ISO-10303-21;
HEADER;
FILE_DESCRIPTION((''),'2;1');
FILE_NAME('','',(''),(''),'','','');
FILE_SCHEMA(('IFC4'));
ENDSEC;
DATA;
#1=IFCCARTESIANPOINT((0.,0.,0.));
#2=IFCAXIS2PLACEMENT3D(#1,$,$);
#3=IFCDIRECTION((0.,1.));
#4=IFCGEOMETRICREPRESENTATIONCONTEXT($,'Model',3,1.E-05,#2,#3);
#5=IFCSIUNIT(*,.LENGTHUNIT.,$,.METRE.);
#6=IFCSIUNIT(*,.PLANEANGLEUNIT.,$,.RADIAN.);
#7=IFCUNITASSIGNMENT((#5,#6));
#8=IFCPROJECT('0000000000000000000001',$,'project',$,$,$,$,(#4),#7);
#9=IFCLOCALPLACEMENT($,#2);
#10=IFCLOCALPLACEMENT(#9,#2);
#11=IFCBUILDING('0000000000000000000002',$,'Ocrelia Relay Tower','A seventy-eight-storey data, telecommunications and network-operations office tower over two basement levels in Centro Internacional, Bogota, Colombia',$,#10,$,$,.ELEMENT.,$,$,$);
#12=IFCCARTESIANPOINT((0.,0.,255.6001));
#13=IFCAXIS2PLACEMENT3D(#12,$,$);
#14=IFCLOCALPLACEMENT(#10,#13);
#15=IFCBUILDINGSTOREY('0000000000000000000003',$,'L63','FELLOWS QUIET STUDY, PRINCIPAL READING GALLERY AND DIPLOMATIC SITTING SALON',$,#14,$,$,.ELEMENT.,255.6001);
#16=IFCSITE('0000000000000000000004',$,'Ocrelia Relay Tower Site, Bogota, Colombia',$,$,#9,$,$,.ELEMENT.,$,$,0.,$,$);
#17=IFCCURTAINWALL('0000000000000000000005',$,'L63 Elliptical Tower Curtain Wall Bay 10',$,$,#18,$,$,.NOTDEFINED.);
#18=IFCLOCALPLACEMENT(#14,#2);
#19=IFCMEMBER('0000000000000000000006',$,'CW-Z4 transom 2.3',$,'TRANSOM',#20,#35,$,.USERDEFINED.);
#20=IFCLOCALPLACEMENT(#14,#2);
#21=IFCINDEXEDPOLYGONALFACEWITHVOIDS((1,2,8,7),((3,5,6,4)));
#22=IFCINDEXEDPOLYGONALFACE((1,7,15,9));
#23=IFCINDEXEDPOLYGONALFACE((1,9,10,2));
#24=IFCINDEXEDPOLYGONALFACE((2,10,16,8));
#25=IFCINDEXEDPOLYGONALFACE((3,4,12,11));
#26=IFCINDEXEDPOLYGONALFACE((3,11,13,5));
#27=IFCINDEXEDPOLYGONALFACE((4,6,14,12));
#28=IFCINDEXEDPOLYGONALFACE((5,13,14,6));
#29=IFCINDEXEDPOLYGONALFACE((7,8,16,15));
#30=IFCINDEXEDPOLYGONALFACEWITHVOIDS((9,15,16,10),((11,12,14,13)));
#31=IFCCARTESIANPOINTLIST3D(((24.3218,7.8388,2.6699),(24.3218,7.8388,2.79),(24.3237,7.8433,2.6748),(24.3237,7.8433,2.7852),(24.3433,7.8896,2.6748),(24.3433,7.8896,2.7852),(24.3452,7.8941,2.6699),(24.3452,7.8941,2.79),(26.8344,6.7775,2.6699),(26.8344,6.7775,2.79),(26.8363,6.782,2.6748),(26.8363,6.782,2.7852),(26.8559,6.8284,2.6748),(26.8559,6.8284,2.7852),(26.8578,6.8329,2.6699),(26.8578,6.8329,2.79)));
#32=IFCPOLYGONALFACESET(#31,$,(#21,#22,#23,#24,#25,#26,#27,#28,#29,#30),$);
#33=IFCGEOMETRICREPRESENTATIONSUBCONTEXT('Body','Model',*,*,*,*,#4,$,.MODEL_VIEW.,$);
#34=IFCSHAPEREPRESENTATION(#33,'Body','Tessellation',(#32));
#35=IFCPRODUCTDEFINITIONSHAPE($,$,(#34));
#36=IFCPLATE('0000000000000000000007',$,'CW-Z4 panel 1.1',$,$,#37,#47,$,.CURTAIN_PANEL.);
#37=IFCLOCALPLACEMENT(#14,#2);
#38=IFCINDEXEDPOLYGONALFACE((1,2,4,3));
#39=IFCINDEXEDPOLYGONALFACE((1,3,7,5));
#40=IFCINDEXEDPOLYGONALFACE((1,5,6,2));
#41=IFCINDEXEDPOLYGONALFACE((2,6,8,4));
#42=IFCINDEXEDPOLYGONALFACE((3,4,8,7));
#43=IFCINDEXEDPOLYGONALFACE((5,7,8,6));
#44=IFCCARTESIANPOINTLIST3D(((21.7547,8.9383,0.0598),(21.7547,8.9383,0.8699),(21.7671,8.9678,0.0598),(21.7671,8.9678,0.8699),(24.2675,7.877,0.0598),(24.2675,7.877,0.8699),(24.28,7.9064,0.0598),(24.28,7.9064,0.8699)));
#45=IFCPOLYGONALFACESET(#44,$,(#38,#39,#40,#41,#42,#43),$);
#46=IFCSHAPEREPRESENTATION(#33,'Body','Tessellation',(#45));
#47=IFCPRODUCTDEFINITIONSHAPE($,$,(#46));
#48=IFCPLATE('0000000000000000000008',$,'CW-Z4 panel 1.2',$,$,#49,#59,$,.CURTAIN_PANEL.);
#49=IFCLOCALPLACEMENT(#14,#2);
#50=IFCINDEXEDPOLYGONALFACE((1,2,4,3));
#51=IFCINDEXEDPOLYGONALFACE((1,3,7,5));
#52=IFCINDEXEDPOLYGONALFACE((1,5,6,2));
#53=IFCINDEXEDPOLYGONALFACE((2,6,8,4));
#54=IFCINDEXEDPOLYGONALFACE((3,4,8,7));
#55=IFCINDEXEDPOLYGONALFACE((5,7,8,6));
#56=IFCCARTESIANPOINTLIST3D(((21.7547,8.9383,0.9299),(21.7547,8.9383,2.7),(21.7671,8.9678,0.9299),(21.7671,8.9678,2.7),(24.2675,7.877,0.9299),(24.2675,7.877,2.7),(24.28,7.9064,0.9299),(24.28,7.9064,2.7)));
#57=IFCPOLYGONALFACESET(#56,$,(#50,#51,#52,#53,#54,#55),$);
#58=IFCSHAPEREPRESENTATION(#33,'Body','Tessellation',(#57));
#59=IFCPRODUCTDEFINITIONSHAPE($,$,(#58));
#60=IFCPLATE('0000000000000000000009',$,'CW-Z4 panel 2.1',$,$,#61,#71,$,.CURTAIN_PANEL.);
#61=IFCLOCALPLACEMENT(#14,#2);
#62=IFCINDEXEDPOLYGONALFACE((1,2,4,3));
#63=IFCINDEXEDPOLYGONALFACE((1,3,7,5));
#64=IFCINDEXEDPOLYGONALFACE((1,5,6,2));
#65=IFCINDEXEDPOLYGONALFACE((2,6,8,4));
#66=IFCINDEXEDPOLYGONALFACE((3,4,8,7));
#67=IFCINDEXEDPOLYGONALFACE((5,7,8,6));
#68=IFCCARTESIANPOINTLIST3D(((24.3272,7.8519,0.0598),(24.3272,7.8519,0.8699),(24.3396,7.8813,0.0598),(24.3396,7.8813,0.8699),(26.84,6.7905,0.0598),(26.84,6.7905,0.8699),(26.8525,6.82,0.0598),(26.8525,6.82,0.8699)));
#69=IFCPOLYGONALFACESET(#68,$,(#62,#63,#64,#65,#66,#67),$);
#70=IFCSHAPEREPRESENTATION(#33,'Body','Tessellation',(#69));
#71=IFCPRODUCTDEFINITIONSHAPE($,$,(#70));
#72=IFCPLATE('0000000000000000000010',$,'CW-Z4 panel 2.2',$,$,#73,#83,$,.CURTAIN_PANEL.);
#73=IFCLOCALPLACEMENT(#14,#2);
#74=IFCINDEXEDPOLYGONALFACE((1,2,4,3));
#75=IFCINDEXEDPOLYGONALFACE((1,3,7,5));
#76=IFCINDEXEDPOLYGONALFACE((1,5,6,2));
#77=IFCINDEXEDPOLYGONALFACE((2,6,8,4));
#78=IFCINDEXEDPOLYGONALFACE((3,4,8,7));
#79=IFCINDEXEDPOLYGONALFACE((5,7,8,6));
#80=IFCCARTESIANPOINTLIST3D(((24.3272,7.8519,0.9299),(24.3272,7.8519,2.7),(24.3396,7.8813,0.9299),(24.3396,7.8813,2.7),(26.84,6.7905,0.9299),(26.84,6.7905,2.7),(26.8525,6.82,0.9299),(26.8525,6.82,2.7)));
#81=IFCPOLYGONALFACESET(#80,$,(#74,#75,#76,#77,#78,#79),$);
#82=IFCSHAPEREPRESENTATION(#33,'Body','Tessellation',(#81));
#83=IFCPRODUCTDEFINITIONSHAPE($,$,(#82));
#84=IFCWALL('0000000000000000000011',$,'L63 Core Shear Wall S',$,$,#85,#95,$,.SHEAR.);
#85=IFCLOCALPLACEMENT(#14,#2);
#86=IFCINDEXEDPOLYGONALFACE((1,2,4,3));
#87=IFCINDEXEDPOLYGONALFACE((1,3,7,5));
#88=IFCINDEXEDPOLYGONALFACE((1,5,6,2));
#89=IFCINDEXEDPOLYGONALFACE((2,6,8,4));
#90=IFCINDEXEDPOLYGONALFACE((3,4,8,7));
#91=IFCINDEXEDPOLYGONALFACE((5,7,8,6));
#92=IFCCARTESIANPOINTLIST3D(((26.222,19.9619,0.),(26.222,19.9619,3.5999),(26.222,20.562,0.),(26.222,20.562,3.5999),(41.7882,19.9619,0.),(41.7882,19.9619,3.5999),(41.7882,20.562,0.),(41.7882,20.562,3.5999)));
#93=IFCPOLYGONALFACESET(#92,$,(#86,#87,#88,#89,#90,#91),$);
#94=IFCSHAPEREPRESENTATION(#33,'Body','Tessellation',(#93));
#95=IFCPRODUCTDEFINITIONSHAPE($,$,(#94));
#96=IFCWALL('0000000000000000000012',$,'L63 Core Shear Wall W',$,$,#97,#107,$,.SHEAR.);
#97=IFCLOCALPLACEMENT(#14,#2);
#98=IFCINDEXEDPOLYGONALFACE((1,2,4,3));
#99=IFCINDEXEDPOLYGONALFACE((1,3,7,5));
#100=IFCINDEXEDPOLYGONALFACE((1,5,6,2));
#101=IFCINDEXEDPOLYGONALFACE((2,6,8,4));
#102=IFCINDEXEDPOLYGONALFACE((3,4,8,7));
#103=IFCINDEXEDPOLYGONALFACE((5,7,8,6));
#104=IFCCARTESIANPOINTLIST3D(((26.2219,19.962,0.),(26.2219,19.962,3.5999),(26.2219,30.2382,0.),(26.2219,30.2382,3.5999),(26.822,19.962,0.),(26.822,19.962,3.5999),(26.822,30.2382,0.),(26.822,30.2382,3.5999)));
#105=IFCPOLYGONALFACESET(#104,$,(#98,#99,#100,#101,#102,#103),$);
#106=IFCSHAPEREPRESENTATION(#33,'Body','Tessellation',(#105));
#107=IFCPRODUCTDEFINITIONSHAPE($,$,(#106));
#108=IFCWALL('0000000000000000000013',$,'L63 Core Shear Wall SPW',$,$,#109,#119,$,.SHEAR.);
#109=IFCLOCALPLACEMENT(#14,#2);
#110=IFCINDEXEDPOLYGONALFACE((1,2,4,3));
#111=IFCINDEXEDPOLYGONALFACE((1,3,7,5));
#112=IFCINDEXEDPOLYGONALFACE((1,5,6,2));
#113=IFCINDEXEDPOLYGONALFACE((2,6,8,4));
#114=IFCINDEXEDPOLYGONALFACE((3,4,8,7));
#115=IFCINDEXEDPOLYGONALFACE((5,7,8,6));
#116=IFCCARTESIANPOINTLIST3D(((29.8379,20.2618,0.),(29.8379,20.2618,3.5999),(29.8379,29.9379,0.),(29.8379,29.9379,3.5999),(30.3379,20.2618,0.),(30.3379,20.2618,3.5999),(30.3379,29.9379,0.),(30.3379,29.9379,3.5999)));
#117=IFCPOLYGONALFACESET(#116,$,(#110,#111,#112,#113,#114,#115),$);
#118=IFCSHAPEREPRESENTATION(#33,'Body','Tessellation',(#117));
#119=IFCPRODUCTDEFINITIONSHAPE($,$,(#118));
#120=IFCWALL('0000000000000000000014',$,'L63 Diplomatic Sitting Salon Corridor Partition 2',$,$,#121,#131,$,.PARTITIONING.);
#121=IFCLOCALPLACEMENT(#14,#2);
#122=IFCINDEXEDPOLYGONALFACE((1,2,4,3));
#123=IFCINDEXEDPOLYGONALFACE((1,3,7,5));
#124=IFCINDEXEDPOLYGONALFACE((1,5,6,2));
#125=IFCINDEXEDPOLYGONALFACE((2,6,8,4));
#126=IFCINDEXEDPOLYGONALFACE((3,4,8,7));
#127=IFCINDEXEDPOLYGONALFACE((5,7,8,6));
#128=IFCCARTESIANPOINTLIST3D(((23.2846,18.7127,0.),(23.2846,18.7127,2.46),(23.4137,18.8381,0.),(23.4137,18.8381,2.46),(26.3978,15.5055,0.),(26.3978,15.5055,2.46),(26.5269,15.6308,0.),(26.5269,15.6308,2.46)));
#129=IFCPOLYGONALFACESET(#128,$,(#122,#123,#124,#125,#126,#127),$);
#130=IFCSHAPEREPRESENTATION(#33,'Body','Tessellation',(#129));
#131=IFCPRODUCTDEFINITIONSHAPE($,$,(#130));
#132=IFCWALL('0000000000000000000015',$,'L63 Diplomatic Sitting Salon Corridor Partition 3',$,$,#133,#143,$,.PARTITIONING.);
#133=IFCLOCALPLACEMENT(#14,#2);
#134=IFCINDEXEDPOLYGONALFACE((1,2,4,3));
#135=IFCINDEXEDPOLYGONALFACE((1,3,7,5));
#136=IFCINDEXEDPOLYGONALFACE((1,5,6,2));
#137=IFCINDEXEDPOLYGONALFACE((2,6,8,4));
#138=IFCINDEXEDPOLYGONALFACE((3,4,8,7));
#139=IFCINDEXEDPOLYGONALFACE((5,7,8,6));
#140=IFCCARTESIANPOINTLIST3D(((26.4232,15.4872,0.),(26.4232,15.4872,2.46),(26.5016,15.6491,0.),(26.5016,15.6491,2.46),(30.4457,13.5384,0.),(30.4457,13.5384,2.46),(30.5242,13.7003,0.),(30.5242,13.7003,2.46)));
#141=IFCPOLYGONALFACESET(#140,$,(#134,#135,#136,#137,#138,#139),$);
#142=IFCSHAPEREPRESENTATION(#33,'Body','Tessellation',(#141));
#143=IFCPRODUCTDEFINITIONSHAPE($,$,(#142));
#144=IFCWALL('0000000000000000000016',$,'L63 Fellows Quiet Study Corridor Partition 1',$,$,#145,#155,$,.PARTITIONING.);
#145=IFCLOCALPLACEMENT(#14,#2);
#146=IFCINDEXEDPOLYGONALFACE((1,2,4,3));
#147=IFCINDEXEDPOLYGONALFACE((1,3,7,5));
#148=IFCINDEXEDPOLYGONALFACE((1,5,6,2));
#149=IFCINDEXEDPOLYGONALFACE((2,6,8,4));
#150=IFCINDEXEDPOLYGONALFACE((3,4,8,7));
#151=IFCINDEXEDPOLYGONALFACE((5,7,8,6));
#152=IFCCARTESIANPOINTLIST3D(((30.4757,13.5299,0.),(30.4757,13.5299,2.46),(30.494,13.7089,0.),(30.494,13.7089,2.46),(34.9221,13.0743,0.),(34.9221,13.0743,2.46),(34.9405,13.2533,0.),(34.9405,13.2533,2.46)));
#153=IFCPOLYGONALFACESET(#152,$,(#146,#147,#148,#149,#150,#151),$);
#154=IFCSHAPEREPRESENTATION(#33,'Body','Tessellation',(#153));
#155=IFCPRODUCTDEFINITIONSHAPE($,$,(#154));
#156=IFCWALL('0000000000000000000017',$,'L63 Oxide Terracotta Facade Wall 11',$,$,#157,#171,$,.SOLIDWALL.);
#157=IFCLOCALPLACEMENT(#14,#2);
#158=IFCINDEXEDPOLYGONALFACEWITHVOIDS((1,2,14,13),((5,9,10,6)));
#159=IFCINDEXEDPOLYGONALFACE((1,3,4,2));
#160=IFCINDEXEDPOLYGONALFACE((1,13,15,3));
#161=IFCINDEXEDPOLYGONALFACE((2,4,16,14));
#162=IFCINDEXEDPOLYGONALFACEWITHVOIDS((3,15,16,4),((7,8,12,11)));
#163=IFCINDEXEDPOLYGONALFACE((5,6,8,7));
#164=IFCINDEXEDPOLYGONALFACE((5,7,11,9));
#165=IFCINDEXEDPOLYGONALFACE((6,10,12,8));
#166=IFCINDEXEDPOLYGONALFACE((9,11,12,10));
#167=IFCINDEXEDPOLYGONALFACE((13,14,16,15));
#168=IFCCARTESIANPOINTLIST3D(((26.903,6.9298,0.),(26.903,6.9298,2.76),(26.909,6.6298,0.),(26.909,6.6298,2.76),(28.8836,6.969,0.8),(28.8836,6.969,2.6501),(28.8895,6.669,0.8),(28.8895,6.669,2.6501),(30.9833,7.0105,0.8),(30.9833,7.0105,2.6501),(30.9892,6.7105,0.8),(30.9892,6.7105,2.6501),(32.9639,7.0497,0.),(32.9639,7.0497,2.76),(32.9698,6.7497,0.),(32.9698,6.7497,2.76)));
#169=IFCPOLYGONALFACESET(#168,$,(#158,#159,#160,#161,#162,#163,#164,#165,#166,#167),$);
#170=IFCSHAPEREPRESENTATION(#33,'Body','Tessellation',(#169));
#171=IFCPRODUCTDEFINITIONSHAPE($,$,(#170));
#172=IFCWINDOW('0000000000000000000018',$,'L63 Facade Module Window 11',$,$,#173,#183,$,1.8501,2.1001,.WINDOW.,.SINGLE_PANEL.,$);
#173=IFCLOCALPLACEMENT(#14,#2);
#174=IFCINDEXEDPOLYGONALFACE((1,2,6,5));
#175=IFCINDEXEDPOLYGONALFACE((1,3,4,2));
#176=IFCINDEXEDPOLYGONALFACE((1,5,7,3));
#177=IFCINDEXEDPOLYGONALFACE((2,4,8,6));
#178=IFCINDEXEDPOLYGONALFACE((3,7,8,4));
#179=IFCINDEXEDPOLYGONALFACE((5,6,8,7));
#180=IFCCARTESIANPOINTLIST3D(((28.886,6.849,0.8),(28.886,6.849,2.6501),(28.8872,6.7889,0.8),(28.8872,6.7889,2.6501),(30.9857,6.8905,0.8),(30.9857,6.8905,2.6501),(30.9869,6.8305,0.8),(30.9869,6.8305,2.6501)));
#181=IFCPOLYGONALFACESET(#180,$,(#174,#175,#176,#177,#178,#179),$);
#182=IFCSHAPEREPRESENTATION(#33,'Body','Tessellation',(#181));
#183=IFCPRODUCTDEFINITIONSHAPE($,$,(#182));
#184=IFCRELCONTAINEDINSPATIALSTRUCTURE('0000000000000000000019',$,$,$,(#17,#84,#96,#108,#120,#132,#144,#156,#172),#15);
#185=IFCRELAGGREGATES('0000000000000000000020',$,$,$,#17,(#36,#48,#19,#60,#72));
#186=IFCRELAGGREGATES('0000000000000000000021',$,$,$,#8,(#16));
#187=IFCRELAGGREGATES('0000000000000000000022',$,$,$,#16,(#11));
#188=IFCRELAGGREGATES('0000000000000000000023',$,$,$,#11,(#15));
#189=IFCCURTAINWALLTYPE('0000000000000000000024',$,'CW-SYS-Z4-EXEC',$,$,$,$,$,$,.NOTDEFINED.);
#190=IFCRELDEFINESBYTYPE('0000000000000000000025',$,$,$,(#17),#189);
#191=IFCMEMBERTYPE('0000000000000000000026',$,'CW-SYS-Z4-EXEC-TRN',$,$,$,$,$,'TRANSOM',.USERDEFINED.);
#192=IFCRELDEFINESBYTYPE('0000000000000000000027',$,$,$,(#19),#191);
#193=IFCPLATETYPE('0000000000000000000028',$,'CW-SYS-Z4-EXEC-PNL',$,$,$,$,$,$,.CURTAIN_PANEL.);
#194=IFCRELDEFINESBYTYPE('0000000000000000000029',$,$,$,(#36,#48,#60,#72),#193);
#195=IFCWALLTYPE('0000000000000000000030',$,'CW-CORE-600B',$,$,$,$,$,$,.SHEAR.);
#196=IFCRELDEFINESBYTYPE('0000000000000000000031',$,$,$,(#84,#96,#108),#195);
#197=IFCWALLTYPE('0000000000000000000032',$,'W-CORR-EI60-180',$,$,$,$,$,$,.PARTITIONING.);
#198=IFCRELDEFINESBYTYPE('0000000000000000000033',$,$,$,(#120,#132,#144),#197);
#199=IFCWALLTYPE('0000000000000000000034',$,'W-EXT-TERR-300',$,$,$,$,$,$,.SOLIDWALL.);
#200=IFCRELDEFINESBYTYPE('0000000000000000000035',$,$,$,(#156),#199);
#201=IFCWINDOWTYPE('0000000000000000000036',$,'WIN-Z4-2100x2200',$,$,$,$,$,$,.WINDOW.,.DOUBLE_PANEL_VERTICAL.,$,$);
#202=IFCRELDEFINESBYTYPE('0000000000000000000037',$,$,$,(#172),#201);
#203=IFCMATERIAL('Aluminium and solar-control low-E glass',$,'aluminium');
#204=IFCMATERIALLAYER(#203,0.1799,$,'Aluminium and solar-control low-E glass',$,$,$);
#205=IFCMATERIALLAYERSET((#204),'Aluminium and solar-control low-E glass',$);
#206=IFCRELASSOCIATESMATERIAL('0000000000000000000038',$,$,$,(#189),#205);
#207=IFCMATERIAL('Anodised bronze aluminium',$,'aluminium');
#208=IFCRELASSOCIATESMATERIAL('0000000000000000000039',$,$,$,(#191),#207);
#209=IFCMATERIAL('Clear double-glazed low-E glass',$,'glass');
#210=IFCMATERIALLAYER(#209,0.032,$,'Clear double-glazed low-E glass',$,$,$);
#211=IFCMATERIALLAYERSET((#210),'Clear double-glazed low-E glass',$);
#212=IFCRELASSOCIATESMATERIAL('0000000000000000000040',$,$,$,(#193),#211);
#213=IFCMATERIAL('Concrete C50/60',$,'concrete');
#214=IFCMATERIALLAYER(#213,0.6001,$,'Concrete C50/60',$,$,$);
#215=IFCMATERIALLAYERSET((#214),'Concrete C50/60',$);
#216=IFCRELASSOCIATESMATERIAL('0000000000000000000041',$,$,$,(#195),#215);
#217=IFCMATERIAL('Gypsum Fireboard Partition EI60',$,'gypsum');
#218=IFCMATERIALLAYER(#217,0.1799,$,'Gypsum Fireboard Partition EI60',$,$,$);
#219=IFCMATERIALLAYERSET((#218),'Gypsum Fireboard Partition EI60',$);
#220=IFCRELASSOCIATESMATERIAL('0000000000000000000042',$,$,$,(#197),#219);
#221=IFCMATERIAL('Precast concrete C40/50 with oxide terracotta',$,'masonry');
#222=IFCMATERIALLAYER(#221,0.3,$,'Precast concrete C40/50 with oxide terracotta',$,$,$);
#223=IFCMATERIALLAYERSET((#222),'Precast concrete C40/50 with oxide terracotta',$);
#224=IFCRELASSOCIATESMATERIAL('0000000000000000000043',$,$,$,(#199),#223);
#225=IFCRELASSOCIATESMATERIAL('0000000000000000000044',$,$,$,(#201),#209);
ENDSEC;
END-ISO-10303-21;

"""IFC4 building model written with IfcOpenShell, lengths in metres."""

from ifc_helpers import new_model, si_unit, direction, frame, frame_2d, origin, origin_2d, place, context, subcontext, project, spatial, rectangle, hollow_rectangle, extrude, material, layer, layer_set, material_profile, profile_set, type_object, element, fill, aggregate, save


model = new_model("IFC4")

# Units and contexts
model_context = context("Model", 3, precision=1e-05, world=origin(), true_north=direction((0.0, 1.0)))
body_context = subcontext(model_context, "Body", "Model", "MODEL_VIEW")
ifc_project = project(units=[si_unit("LENGTHUNIT", "METRE"), si_unit("PLANEANGLEUNIT", "RADIAN")], contexts=[model_context])

# Site, building, storey
site_placement = place(None, origin())
site = spatial("IfcSite", under=ifc_project, at=site_placement, Name="Ocrelia Relay Tower Site, Bogota, Colombia", CompositionType="ELEMENT", RefElevation=0.0)
building_placement = place(site_placement, origin())
building = spatial("IfcBuilding", under=site, at=building_placement, Name="Ocrelia Relay Tower", Description="A seventy-eight-storey data, telecommunications and network-operations office tower over two basement levels in Centro Internacional, Bogota, Colombia", CompositionType="ELEMENT")
storey_placement = place(building_placement, frame((0.0, 0.0, 255.6001)))
storey = spatial("IfcBuildingStorey", under=building, at=storey_placement, Name="L63", Description="FELLOWS QUIET STUDY, PRINCIPAL READING GALLERY AND DIPLOMATIC SITTING SALON", CompositionType="ELEMENT", Elevation=255.6001)

# Shared definitions
ifc_material_1 = material(Name="Concrete C50/60", Category="concrete")

# Curtain wall, member, plates
ifc_material_2 = material(Name="Aluminium and solar-control low-E glass", Category="aluminium")
ifc_layer_1 = layer(ifc_material_2, 0.1799, Name="Aluminium and solar-control low-E glass")
ifc_layer_set_1 = layer_set([ifc_layer_1], Name="Aluminium and solar-control low-E glass")
curtain_wall_type = type_object("IfcCurtainWallType", Name="CW-SYS-Z4-EXEC", PredefinedType="NOTDEFINED", material=ifc_layer_set_1)
curtain_wall_placement = place(storey_placement, origin())
curtain_wall = element("IfcCurtainWall", 1, at=curtain_wall_placement, inside=storey, type_object=curtain_wall_type, Name="L63 Elliptical Tower Curtain Wall Bay 10", PredefinedType="NOTDEFINED")
ifc_material_3 = material(Name="Anodised bronze aluminium", Category="aluminium")
ifc_material_profile_1 = material_profile(ifc_material_3, hollow_rectangle(XDim=0.0601, YDim=0.1201, WallThickness=0.0049, at=origin_2d()), Name="CW-TRN-120x60")
ifc_profile_set_1 = profile_set([ifc_material_profile_1], Name="Anodised bronze aluminium")
member_type_1 = type_object("IfcMemberType", Name="CW-SYS-Z4-EXEC-TRN", ElementType="TRANSOM", PredefinedType="USERDEFINED", material=ifc_profile_set_1)
member_1_placement = place(storey_placement, frame((24.3335, 7.8665, 2.73), z_axis=(0.921202, -0.389085, 0.0), x_axis=(0.389085, 0.921202, 0.0)))
member_1 = element("IfcMember", 2, at=member_1_placement, type_object=member_type_1, Name="CW-Z4 transom 2.3", ObjectType="TRANSOM", PredefinedType="USERDEFINED", context=body_context, shape_type="SweptSolid", body=[
    extrude(hollow_rectangle(XDim=0.0601, YDim=0.1201, WallThickness=0.0049, at=origin_2d()), origin(), (0.0, 0.0, 1.0), 2.7275),
])
ifc_material_4 = material(Name="Clear double-glazed low-E glass", Category="glass")
ifc_layer_2 = layer(ifc_material_4, 0.032, Name="Clear double-glazed low-E glass")
ifc_layer_set_2 = layer_set([ifc_layer_2], Name="Clear double-glazed low-E glass")
plate_type = type_object("IfcPlateType", Name="CW-SYS-Z4-EXEC-PNL", PredefinedType="CURTAIN_PANEL", material=ifc_layer_set_2)
plate_1_placement = place(storey_placement, frame((23.0173, 8.4224, 0.0598), z_axis=(0.0, 0.0, 1.0), x_axis=(0.921199, -0.389091, 0.0)))
plate_1 = element("IfcPlate", 3, at=plate_1_placement, type_object=plate_type, Name="CW-Z4 panel 1.1", PredefinedType="CURTAIN_PANEL", context=body_context, shape_type="SweptSolid", body=[
    extrude(rectangle(XDim=2.7278, YDim=0.032, at=origin_2d()), origin(), (0.0, 0.0, 1.0), 0.8101),
])
plate_2_placement = place(storey_placement, frame((23.0173, 8.4224, 0.9299), z_axis=(0.0, 0.0, 1.0), x_axis=(0.921199, -0.389091, 0.0)))
plate_2 = element("IfcPlate", 4, at=plate_2_placement, type_object=plate_type, Name="CW-Z4 panel 1.2", PredefinedType="CURTAIN_PANEL", context=body_context, shape_type="SweptSolid", body=[
    extrude(rectangle(XDim=2.7278, YDim=0.032, at=origin_2d()), origin(), (0.0, 0.0, 1.0), 1.77),
])
plate_3_placement = place(storey_placement, frame((25.5898, 7.3359, 0.0598), z_axis=(0.0, 0.0, 1.0), x_axis=(0.921199, -0.389091, 0.0)))
plate_3 = element("IfcPlate", 5, at=plate_3_placement, type_object=plate_type, Name="CW-Z4 panel 2.1", PredefinedType="CURTAIN_PANEL", context=body_context, shape_type="SweptSolid", body=[
    extrude(rectangle(XDim=2.7278, YDim=0.032, at=origin_2d()), origin(), (0.0, 0.0, 1.0), 0.8101),
])
plate_4_placement = place(storey_placement, frame((25.5898, 7.3359, 0.9299), z_axis=(0.0, 0.0, 1.0), x_axis=(0.921199, -0.389091, 0.0)))
plate_4 = element("IfcPlate", 6, at=plate_4_placement, type_object=plate_type, Name="CW-Z4 panel 2.2", PredefinedType="CURTAIN_PANEL", context=body_context, shape_type="SweptSolid", body=[
    extrude(rectangle(XDim=2.7278, YDim=0.032, at=origin_2d()), origin(), (0.0, 0.0, 1.0), 1.77),
])
aggregate(curtain_wall, [plate_1, plate_2, member_1, plate_3, plate_4])

# Walls
ifc_layer_3 = layer(ifc_material_1, 0.6001, Name="Concrete C50/60")
ifc_layer_set_3 = layer_set([ifc_layer_3], Name="Concrete C50/60")
wall_type_1 = type_object("IfcWallType", Name="CW-CORE-600B", PredefinedType="SHEAR", material=ifc_layer_set_3)
wall_1_placement = place(storey_placement, frame((26.2219, 20.262, 0.0), z_axis=(0.0, 0.0, 1.0), x_axis=(1.0, 0.0, 0.0)))
element("IfcWall", 7, at=wall_1_placement, inside=storey, type_object=wall_type_1, Name="L63 Core Shear Wall S", PredefinedType="SHEAR", context=body_context, shape_type="SweptSolid", body=[
    extrude(rectangle(XDim=15.5662, YDim=0.6001, at=frame_2d((7.7832, 0.0))), origin(), (0.0, 0.0, 1.0), 3.5999),
])
wall_2_placement = place(storey_placement, frame((26.522, 19.9619, 0.0), z_axis=(0.0, 0.0, 1.0), x_axis=(0.0, 1.0, 0.0)))
element("IfcWall", 8, at=wall_2_placement, inside=storey, type_object=wall_type_1, Name="L63 Core Shear Wall W", PredefinedType="SHEAR", context=body_context, shape_type="SweptSolid", body=[
    extrude(rectangle(XDim=10.2761, YDim=0.6001, at=frame_2d((5.1382, 0.0))), origin(), (0.0, 0.0, 1.0), 3.5999),
])
wall_3_placement = place(storey_placement, frame((30.0879, 20.262, 0.0), z_axis=(0.0, 0.0, 1.0), x_axis=(0.0, 1.0, 0.0)))
element("IfcWall", 9, at=wall_3_placement, inside=storey, type_object=wall_type_1, Name="L63 Core Shear Wall SPW", PredefinedType="SHEAR", context=body_context, shape_type="SweptSolid", body=[
    extrude(rectangle(XDim=9.676, YDim=0.5, at=frame_2d((4.8379, 0.0))), origin(), (0.0, 0.0, 1.0), 3.5999),
])
ifc_material_5 = material(Name="Gypsum Fireboard Partition EI60", Category="gypsum")
ifc_layer_4 = layer(ifc_material_5, 0.1799, Name="Gypsum Fireboard Partition EI60")
ifc_layer_set_4 = layer_set([ifc_layer_4], Name="Gypsum Fireboard Partition EI60")
wall_type_2 = type_object("IfcWallType", Name="W-CORR-EI60-180", PredefinedType="PARTITIONING", material=ifc_layer_set_4)
for number, where, z_axis, x_axis, name in (
    (10, (23.3491, 18.7754, 0.0), (0.0, 0.0, 1.0), (0.696514, -0.717543, 0.0), "L63 Diplomatic Sitting Salon Corridor Partition 2"),
    (11, (26.4624, 15.5681, 0.0), (0.0, 0.0, 1.0), (0.899951, -0.435992, 0.0), "L63 Diplomatic Sitting Salon Corridor Partition 3"),
    (12, (30.4849, 13.6194, 0.0), (0.0, 0.0, 1.0), (0.994793, -0.101921, 0.0), "L63 Fellows Quiet Study Corridor Partition 1"),
):
    element("IfcWall", number, at=place(storey_placement, frame(where, z_axis=z_axis, x_axis=x_axis)), inside=storey, type_object=wall_type_2, Name=name, PredefinedType="PARTITIONING", context=body_context, shape_type="SweptSolid", body=[
        extrude(rectangle(XDim=4.4697, YDim=0.1799, at=frame_2d((2.2349, 0.0))), origin(), (0.0, 0.0, 1.0), 2.46),
    ])

# Wall, opening, window
ifc_material_6 = material(Name="Precast concrete C40/50 with oxide terracotta", Category="masonry")
ifc_layer_5 = layer(ifc_material_6, 0.3, Name="Precast concrete C40/50 with oxide terracotta")
ifc_layer_set_5 = layer_set([ifc_layer_5], Name="Precast concrete C40/50 with oxide terracotta")
wall_type_3 = type_object("IfcWallType", Name="W-EXT-TERR-300", PredefinedType="SOLIDWALL", material=ifc_layer_set_5)
wall_4_placement = place(storey_placement, frame((26.906, 6.7798, 0.0), z_axis=(0.0, 0.0, 1.0), x_axis=(0.999804, 0.019775, 0.0)))
wall_4 = element("IfcWall", 13, at=wall_4_placement, inside=storey, type_object=wall_type_3, Name="L63 Oxide Terracotta Facade Wall 11", PredefinedType="SOLIDWALL", context=body_context, shape_type="SweptSolid", body=[
    extrude(rectangle(XDim=6.062, YDim=0.3, at=frame_2d((3.031, 0.0))), origin(), (0.0, 0.0, 1.0), 2.76),
])
opening_1_placement = place(wall_4_placement, frame((1.981, 0.0, 0.8)))
opening_1 = element("IfcOpeningElement", 14, at=opening_1_placement, cuts=wall_4, PredefinedType="OPENING", context=body_context, shape_type="SweptSolid", body=[
    extrude(rectangle(XDim=2.1001, YDim=1.8501, at=frame_2d((1.05, 0.925))), frame((0.0, 0.1602, 0.0), z_axis=(0.0, -1.0, 0.0), x_axis=(1.0, 0.0, 0.0)), (0.0, 0.0, 1.0), 0.3201),
])
window_type = type_object("IfcWindowType", Name="WIN-Z4-2100x2200", PartitioningType="DOUBLE_PANEL_VERTICAL", PredefinedType="WINDOW", material=ifc_material_4)
window_placement = place(opening_1_placement, origin())
window = element("IfcWindow", 15, at=window_placement, inside=storey, type_object=window_type, Name="L63 Facade Module Window 11", OverallHeight=1.8501, OverallWidth=2.1001, PartitioningType="SINGLE_PANEL", PredefinedType="WINDOW", context=body_context, shape_type="SweptSolid", body=[
    extrude(rectangle(XDim=2.1001, YDim=1.8501, at=frame_2d((1.05, 0.925))), frame((0.0, 0.03, 0.0), z_axis=(0.0, -1.0, 0.0), x_axis=(1.0, 0.0, 0.0)), (0.0, 0.0, 1.0), 0.0601),
])
fill(opening_1, window)

save(model, "model.ifc")
